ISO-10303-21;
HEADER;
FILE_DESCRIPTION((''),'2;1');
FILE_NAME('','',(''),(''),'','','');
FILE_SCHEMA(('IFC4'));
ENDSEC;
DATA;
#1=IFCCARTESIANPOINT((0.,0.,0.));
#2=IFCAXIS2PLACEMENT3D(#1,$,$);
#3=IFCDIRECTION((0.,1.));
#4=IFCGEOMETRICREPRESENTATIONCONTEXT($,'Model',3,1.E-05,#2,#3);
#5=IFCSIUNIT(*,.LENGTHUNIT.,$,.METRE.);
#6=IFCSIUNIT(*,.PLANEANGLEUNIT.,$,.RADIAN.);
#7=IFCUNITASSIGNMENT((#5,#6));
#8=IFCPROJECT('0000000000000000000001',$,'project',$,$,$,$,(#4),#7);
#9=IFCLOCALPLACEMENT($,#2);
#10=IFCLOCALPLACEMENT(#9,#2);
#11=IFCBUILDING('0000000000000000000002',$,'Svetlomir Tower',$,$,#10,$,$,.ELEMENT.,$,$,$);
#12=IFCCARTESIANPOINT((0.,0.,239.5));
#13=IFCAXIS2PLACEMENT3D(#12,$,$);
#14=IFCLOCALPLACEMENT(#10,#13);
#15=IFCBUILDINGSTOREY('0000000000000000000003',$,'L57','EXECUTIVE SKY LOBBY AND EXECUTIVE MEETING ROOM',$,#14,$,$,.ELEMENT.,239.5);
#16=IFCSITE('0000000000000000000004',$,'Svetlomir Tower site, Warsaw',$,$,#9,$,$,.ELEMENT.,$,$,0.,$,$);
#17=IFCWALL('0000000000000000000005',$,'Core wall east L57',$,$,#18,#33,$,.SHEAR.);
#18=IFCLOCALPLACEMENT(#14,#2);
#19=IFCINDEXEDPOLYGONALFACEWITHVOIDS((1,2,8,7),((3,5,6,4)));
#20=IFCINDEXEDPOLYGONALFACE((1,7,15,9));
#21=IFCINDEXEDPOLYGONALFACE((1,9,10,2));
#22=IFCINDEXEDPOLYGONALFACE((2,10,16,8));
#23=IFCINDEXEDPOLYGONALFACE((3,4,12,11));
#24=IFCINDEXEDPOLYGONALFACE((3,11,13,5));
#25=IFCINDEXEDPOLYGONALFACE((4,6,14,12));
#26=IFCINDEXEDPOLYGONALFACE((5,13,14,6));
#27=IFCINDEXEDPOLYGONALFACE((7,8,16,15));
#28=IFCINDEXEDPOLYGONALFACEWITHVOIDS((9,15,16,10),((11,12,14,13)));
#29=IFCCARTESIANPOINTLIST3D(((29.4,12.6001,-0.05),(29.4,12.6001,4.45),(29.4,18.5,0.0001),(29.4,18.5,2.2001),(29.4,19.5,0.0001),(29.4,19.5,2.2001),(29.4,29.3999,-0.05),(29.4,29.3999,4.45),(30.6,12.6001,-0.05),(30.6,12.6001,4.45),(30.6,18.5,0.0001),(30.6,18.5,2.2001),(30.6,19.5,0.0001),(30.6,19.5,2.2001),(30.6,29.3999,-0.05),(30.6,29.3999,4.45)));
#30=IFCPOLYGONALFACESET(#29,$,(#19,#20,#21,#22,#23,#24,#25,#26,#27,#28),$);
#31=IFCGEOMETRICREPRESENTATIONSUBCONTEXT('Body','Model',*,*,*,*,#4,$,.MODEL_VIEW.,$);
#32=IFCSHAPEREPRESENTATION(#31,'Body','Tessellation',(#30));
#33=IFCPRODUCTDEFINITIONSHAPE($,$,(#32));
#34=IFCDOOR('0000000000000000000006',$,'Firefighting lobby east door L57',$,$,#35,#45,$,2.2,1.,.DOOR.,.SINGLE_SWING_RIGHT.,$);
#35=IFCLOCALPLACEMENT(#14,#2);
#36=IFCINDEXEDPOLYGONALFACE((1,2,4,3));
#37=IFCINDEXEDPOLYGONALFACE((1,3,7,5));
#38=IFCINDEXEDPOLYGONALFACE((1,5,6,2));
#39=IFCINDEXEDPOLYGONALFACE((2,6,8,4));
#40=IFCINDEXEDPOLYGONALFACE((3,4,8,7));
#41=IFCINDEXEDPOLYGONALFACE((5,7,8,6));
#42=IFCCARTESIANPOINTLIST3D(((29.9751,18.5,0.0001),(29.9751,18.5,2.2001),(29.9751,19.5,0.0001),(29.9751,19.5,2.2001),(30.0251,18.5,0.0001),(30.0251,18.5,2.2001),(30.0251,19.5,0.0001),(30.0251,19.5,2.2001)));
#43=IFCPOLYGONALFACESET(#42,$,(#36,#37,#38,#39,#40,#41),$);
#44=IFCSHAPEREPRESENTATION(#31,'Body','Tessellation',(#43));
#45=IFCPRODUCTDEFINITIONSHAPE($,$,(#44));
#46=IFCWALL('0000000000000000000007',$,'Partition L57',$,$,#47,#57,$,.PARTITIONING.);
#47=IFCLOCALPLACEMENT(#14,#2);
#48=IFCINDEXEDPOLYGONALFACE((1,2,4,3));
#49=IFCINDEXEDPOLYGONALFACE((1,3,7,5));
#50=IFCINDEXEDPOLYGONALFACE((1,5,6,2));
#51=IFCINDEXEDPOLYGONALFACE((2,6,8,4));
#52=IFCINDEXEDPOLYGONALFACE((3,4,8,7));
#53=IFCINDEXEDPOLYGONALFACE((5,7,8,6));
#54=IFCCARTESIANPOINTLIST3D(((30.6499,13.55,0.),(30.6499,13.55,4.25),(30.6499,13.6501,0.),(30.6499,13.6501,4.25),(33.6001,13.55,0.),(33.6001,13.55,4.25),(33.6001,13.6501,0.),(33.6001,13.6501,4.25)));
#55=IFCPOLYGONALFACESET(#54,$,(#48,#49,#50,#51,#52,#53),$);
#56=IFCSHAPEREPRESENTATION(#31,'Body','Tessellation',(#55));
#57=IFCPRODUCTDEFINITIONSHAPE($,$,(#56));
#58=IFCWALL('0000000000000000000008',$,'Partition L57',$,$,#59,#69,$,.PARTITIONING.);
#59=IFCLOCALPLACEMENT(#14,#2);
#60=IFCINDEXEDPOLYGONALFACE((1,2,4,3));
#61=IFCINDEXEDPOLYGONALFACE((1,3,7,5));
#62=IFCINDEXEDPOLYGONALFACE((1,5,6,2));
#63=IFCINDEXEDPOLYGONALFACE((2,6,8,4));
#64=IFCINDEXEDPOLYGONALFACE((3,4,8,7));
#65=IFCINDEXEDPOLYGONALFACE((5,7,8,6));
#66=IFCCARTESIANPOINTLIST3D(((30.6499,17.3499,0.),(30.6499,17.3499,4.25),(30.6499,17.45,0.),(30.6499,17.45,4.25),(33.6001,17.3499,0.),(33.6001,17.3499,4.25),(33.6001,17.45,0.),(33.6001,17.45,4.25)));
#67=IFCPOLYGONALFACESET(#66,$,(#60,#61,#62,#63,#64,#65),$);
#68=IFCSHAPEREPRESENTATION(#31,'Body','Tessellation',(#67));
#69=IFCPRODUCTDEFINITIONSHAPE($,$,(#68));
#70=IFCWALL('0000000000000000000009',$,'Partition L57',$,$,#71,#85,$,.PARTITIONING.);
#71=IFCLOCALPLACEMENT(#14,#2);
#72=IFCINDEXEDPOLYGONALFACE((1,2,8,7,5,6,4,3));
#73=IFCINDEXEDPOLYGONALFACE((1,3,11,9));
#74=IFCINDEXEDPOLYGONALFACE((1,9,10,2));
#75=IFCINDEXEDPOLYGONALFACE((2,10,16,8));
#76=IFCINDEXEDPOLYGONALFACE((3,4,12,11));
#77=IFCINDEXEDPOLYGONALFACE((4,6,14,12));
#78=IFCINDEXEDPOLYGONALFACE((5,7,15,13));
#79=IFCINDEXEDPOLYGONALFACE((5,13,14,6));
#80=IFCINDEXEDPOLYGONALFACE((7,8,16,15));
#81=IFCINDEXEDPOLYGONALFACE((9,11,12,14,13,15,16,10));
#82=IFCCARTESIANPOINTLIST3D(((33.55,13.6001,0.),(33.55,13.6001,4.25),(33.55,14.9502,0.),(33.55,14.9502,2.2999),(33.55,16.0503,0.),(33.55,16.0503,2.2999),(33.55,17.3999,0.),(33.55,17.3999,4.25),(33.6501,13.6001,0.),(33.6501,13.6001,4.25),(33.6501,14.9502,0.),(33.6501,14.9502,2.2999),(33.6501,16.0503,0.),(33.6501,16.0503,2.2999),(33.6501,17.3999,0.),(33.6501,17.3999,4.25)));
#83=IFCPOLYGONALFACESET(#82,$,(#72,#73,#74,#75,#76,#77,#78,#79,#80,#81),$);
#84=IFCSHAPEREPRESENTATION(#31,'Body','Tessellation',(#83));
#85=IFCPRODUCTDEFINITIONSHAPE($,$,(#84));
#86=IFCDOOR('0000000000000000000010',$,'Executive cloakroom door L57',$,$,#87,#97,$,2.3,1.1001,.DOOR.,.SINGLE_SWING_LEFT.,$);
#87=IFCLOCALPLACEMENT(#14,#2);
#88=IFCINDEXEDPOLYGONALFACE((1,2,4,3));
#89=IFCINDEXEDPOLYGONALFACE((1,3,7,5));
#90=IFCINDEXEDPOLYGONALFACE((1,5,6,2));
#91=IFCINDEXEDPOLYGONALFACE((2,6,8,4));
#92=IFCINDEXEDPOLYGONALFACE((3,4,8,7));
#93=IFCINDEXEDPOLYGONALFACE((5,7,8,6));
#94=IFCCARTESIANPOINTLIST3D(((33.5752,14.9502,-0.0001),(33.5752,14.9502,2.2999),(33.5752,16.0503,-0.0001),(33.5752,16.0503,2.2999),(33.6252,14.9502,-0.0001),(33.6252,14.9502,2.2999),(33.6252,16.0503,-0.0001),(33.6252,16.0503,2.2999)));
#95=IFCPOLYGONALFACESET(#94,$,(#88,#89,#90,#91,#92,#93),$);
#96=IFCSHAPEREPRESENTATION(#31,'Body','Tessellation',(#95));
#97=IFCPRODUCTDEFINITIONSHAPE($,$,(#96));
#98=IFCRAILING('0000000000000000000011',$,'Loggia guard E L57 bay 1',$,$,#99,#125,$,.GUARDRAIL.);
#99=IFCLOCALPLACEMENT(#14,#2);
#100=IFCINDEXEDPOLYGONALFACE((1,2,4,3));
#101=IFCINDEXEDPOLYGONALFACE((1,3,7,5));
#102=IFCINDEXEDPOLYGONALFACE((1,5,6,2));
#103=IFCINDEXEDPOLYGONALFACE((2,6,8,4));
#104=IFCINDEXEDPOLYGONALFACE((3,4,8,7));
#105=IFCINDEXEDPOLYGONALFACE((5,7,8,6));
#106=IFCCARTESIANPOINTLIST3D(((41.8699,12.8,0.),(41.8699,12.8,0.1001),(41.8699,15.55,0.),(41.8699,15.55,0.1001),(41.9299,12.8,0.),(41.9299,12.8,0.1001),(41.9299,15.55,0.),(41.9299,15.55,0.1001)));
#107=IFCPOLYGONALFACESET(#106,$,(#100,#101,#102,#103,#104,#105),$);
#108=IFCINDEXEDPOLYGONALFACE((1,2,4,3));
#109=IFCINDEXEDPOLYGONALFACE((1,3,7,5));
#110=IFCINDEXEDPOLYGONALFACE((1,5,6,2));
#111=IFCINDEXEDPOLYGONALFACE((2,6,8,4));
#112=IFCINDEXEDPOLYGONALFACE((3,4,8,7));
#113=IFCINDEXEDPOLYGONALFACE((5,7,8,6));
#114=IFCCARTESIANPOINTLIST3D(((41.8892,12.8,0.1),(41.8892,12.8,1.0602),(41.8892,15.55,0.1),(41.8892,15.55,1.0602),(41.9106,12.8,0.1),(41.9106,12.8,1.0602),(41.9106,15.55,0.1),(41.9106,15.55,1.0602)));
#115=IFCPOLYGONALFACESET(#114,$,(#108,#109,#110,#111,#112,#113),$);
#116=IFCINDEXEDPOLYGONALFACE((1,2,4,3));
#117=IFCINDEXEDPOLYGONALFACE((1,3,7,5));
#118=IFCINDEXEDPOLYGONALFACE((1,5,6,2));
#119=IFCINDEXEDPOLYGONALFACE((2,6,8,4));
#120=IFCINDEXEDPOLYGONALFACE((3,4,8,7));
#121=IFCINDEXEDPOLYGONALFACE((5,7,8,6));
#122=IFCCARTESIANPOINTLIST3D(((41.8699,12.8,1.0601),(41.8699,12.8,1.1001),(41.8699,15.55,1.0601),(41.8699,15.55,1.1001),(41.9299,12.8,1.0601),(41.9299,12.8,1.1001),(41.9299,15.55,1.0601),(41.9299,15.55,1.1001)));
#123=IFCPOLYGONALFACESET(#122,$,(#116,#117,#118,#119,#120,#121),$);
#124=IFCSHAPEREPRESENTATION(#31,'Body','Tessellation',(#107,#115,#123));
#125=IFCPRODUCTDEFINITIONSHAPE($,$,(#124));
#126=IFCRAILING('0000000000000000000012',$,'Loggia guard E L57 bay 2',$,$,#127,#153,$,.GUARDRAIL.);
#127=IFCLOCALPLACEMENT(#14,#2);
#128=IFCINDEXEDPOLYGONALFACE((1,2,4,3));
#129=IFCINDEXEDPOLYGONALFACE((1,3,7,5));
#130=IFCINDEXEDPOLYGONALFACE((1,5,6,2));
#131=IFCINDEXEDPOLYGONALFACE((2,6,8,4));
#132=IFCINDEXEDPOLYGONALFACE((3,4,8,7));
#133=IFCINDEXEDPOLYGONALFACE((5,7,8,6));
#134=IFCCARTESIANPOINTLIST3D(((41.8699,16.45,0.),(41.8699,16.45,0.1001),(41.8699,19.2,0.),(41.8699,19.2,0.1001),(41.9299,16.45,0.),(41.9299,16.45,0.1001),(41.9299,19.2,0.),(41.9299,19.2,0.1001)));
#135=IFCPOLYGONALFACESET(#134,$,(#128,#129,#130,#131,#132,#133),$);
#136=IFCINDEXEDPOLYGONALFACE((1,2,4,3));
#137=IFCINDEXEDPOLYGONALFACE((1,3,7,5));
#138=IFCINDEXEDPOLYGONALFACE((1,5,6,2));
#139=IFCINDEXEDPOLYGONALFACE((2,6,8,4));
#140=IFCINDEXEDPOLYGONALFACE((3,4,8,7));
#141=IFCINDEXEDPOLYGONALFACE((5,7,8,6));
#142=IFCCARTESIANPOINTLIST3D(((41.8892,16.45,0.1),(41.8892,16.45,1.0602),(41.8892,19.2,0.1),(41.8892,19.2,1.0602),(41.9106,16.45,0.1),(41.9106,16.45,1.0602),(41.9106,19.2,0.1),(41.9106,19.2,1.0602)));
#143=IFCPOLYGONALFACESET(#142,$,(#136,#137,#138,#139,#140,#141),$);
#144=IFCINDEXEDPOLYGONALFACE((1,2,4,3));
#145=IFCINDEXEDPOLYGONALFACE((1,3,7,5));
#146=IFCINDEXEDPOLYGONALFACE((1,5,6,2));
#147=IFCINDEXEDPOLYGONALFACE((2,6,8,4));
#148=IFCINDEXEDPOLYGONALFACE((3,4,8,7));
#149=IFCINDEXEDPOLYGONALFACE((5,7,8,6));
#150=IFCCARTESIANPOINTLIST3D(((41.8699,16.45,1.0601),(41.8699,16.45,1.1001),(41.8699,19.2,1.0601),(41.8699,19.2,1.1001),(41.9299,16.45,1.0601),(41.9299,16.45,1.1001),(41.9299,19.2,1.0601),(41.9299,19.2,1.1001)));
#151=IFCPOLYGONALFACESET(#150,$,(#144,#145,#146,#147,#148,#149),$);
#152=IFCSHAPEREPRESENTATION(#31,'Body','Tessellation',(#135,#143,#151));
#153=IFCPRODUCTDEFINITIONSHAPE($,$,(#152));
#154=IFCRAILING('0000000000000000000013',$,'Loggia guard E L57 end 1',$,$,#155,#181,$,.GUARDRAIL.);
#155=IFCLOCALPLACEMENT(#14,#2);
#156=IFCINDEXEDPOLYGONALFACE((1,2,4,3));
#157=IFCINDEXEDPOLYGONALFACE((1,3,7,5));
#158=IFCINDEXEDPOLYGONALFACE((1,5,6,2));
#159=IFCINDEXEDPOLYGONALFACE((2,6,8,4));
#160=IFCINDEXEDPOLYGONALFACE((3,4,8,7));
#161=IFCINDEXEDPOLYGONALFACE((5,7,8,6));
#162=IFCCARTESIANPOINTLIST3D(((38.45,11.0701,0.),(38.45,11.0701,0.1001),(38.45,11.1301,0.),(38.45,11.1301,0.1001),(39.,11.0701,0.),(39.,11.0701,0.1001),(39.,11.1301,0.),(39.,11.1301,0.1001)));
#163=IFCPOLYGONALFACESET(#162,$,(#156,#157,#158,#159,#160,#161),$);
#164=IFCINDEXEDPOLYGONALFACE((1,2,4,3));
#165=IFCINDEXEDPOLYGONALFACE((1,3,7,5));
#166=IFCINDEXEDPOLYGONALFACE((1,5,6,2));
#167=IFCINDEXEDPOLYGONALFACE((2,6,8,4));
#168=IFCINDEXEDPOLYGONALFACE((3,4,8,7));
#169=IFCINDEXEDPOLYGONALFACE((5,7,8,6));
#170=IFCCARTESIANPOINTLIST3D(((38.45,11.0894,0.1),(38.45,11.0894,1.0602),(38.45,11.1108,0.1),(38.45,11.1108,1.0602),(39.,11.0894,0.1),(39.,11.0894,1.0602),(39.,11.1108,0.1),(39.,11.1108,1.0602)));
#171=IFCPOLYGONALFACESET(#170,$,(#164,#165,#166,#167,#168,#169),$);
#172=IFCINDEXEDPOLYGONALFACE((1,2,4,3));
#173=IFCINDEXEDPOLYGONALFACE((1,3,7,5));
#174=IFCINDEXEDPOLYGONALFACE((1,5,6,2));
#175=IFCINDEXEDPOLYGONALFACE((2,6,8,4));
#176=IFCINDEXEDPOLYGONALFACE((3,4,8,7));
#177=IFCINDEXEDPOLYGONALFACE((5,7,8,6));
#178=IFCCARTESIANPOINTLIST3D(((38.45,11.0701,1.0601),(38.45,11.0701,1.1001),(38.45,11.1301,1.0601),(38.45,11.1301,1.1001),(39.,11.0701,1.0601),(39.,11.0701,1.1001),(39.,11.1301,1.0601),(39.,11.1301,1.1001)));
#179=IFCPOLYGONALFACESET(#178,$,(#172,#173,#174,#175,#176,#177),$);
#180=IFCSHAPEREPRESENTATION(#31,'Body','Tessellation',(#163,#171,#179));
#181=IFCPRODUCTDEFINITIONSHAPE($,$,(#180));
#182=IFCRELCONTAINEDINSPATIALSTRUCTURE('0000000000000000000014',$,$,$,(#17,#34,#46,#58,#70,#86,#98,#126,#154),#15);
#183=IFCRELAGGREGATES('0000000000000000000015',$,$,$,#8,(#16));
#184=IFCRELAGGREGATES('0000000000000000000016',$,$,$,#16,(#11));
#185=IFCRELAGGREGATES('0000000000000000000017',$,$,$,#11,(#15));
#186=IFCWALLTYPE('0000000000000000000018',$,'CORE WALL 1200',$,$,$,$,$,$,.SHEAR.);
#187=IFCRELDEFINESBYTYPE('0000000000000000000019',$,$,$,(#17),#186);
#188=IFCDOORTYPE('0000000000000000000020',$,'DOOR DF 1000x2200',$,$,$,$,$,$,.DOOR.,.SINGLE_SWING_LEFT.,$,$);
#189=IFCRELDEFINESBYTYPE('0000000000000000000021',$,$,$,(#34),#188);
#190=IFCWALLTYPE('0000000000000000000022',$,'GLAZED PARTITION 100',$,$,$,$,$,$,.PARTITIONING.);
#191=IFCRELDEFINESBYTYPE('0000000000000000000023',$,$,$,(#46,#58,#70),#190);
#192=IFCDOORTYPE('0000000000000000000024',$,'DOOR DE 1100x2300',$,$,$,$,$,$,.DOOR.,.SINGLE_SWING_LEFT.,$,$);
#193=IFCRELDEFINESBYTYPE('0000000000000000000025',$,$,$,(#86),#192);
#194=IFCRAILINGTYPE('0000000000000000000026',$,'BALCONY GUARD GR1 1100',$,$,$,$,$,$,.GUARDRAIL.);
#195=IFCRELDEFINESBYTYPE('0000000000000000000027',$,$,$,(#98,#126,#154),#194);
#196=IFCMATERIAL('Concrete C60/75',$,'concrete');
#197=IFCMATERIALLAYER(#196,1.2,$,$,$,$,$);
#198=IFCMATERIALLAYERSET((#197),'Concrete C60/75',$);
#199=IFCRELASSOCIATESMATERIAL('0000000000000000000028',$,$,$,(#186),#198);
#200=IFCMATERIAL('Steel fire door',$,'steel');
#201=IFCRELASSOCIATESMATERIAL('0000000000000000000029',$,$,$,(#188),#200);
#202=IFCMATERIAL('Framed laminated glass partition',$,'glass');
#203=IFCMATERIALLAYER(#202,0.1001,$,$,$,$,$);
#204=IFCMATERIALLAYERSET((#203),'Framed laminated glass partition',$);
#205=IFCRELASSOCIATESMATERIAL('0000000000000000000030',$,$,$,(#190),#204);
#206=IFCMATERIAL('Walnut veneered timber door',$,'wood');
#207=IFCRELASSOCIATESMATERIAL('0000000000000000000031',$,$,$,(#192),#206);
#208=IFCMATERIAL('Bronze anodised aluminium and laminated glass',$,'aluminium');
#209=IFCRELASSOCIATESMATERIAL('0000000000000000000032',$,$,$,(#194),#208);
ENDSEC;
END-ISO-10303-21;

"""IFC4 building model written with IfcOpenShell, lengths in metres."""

from ifc_helpers import new_model, si_unit, direction, frame, frame_2d, origin, origin_2d, place, context, subcontext, project, spatial, rectangle, extrude, material, layer, layer_set, type_object, element, fill, save


model = new_model("IFC4")

# Units and contexts
model_context = context("Model", 3, precision=1e-05, world=origin(), true_north=direction((0.0, 1.0)))
body_context = subcontext(model_context, "Body", "Model", "MODEL_VIEW")
ifc_project = project(units=[si_unit("LENGTHUNIT", "METRE"), si_unit("PLANEANGLEUNIT", "RADIAN")], contexts=[model_context])

# Site, building, storey
site_placement = place(None, origin())
site = spatial("IfcSite", under=ifc_project, at=site_placement, Name="Svetlomir Tower site, Warsaw", CompositionType="ELEMENT", RefElevation=0.0)
building_placement = place(site_placement, origin())
building = spatial("IfcBuilding", under=site, at=building_placement, Name="Svetlomir Tower", CompositionType="ELEMENT")
storey_placement = place(building_placement, frame((0.0, 0.0, 239.5)))
storey = spatial("IfcBuildingStorey", under=building, at=storey_placement, Name="L57", Description="EXECUTIVE SKY LOBBY AND EXECUTIVE MEETING ROOM", CompositionType="ELEMENT", Elevation=239.5)

# Wall, opening, door
ifc_material_1 = material(Name="Concrete C60/75", Category="concrete")
ifc_layer_1 = layer(ifc_material_1, 1.2)
ifc_layer_set_1 = layer_set([ifc_layer_1], Name="Concrete C60/75")
wall_type_1 = type_object("IfcWallType", Name="CORE WALL 1200", PredefinedType="SHEAR", material=ifc_layer_set_1)
wall_1_placement = place(storey_placement, frame((30.0, 12.6001, -0.05), z_axis=(0.0, 0.0, 1.0), x_axis=(0.0, 1.0, 0.0)))
wall_1 = element("IfcWall", 1, at=wall_1_placement, inside=storey, type_object=wall_type_1, Name="Core wall east L57", PredefinedType="SHEAR", context=body_context, shape_type="SweptSolid", body=[
    extrude(rectangle(XDim=16.7998, YDim=1.2, at=frame_2d((8.3999, 0.0))), origin(), (0.0, 0.0, 1.0), 4.5),
])
opening_1_placement = place(wall_1_placement, frame((5.8999, 0.0, 0.05)))
opening_1 = element("IfcOpeningElement", 2, at=opening_1_placement, cuts=wall_1, PredefinedType="OPENING", context=body_context, shape_type="SweptSolid", body=[
    extrude(rectangle(XDim=1.0, YDim=2.2, at=frame_2d((0.5, 1.1001))), frame((0.0, 0.6099, 0.0), z_axis=(0.0, -1.0, 0.0), x_axis=(1.0, 0.0, 0.0)), (0.0, 0.0, 1.0), 1.22),
])
ifc_material_2 = material(Name="Steel fire door", Category="steel")
door_type_1 = type_object("IfcDoorType", Name="DOOR DF 1000x2200", OperationType="SINGLE_SWING_LEFT", PredefinedType="DOOR", material=ifc_material_2)
door_1_placement = place(opening_1_placement, origin())
door_1 = element("IfcDoor", 3, at=door_1_placement, inside=storey, type_object=door_type_1, Name="Firefighting lobby east door L57", OperationType="SINGLE_SWING_RIGHT", OverallHeight=2.2, OverallWidth=1.0, PredefinedType="DOOR", context=body_context, shape_type="SweptSolid", body=[
    extrude(rectangle(XDim=1.0, YDim=2.2, at=frame_2d((0.5, 1.1001))), frame((0.0, 0.0249, 0.0), z_axis=(0.0, -1.0, 0.0), x_axis=(1.0, 0.0, 0.0)), (0.0, 0.0, 1.0), 0.05),
])
fill(opening_1, door_1)

# Walls
ifc_material_3 = material(Name="Framed laminated glass partition", Category="glass")
ifc_layer_2 = layer(ifc_material_3, 0.1001)
ifc_layer_set_2 = layer_set([ifc_layer_2], Name="Framed laminated glass partition")
wall_type_2 = type_object("IfcWallType", Name="GLAZED PARTITION 100", PredefinedType="PARTITIONING", material=ifc_layer_set_2)
for number, where, z_axis, x_axis, name in (
    (4, (30.6499, 13.6001, 0.0), (0.0, 0.0, 1.0), (1.0, 0.0, 0.0), "Partition L57"),
    (5, (30.6499, 17.3999, 0.0), (0.0, 0.0, 1.0), (1.0, 0.0, 0.0), "Partition L57"),
):
    element("IfcWall", number, at=place(storey_placement, frame(where, z_axis=z_axis, x_axis=x_axis)), inside=storey, type_object=wall_type_2, Name=name, PredefinedType="PARTITIONING", context=body_context, shape_type="SweptSolid", body=[
        extrude(rectangle(XDim=2.9502, YDim=0.1001, at=frame_2d((1.4751, 0.0))), origin(), (0.0, 0.0, 1.0), 4.25),
    ])

# Wall, opening, door
wall_2_placement = place(storey_placement, frame((33.6001, 13.6001, 0.0), z_axis=(0.0, 0.0, 1.0), x_axis=(0.0, 1.0, 0.0)))
wall_2 = element("IfcWall", 6, at=wall_2_placement, inside=storey, type_object=wall_type_2, Name="Partition L57", PredefinedType="PARTITIONING", context=body_context, shape_type="SweptSolid", body=[
    extrude(rectangle(XDim=3.7998, YDim=0.1001, at=frame_2d((1.8999, 0.0))), origin(), (0.0, 0.0, 1.0), 4.25),
])
opening_2_placement = place(wall_2_placement, frame((1.3501, 0.0, 0.0)))
opening_2 = element("IfcOpeningElement", 7, at=opening_2_placement, cuts=wall_2, PredefinedType="OPENING", context=body_context, shape_type="SweptSolid", body=[
    extrude(rectangle(XDim=1.1001, YDim=2.3, at=frame_2d((0.55, 1.1499))), frame((0.0, 0.0601, 0.0), z_axis=(0.0, -1.0, 0.0), x_axis=(1.0, 0.0, 0.0)), (0.0, 0.0, 1.0), 0.1201),
])
ifc_material_4 = material(Name="Walnut veneered timber door", Category="wood")
door_type_2 = type_object("IfcDoorType", Name="DOOR DE 1100x2300", OperationType="SINGLE_SWING_LEFT", PredefinedType="DOOR", material=ifc_material_4)
door_2_placement = place(opening_2_placement, origin())
door_2 = element("IfcDoor", 8, at=door_2_placement, inside=storey, type_object=door_type_2, Name="Executive cloakroom door L57", OperationType="SINGLE_SWING_LEFT", OverallHeight=2.3, OverallWidth=1.1001, PredefinedType="DOOR", context=body_context, shape_type="SweptSolid", body=[
    extrude(rectangle(XDim=1.1001, YDim=2.3, at=frame_2d((0.55, 1.1499))), frame((0.0, 0.0249, 0.0), z_axis=(0.0, -1.0, 0.0), x_axis=(1.0, 0.0, 0.0)), (0.0, 0.0, 1.0), 0.05),
])
fill(opening_2, door_2)

# Railings
ifc_material_5 = material(Name="Bronze anodised aluminium and laminated glass", Category="aluminium")
railing_type = type_object("IfcRailingType", Name="BALCONY GUARD GR1 1100", PredefinedType="GUARDRAIL", material=ifc_material_5)
for number, where, name in (
    (9, (41.8999, 12.8, 0.0), "Loggia guard E L57 bay 1"),
    (10, (41.8999, 16.45, 0.0), "Loggia guard E L57 bay 2"),
):
    element("IfcRailing", number, at=place(storey_placement, frame(where)), inside=storey, type_object=railing_type, Name=name, PredefinedType="GUARDRAIL", context=body_context, shape_type="SweptSolid", body=[
        extrude(rectangle(XDim=0.0601, YDim=0.1001, at=origin_2d()), frame((0.0, 0.0, 0.05), z_axis=(0.0, 1.0, 0.0), x_axis=(-1.0, 0.0, 0.0)), (0.0, 0.0, 1.0), 2.75),
        extrude(rectangle(XDim=0.0215, YDim=0.9602, at=origin_2d()), frame((0.0, 0.0, 0.5801), z_axis=(0.0, 1.0, 0.0), x_axis=(-1.0, 0.0, 0.0)), (0.0, 0.0, 1.0), 2.75),
        extrude(rectangle(XDim=0.0601, YDim=0.04, at=origin_2d()), frame((0.0, 0.0, 1.0801), z_axis=(0.0, 1.0, 0.0), x_axis=(-1.0, 0.0, 0.0)), (0.0, 0.0, 1.0), 2.75),
    ])
railing_placement = place(storey_placement, frame((38.45, 11.1001, 0.0)))
element("IfcRailing", 11, at=railing_placement, inside=storey, type_object=railing_type, Name="Loggia guard E L57 end 1", PredefinedType="GUARDRAIL", context=body_context, shape_type="SweptSolid", body=[
    extrude(rectangle(XDim=0.0601, YDim=0.1001, at=origin_2d()), frame((0.0, 0.0, 0.05), z_axis=(1.0, 0.0, 0.0), x_axis=(0.0, 1.0, 0.0)), (0.0, 0.0, 1.0), 0.55),
    extrude(rectangle(XDim=0.0215, YDim=0.9602, at=origin_2d()), frame((0.0, 0.0, 0.5801), z_axis=(1.0, 0.0, 0.0), x_axis=(0.0, 1.0, 0.0)), (0.0, 0.0, 1.0), 0.55),
    extrude(rectangle(XDim=0.0601, YDim=0.04, at=origin_2d()), frame((0.0, 0.0, 1.0801), z_axis=(1.0, 0.0, 0.0), x_axis=(0.0, 1.0, 0.0)), (0.0, 0.0, 1.0), 0.55),
])

save(model, "model.ifc")
